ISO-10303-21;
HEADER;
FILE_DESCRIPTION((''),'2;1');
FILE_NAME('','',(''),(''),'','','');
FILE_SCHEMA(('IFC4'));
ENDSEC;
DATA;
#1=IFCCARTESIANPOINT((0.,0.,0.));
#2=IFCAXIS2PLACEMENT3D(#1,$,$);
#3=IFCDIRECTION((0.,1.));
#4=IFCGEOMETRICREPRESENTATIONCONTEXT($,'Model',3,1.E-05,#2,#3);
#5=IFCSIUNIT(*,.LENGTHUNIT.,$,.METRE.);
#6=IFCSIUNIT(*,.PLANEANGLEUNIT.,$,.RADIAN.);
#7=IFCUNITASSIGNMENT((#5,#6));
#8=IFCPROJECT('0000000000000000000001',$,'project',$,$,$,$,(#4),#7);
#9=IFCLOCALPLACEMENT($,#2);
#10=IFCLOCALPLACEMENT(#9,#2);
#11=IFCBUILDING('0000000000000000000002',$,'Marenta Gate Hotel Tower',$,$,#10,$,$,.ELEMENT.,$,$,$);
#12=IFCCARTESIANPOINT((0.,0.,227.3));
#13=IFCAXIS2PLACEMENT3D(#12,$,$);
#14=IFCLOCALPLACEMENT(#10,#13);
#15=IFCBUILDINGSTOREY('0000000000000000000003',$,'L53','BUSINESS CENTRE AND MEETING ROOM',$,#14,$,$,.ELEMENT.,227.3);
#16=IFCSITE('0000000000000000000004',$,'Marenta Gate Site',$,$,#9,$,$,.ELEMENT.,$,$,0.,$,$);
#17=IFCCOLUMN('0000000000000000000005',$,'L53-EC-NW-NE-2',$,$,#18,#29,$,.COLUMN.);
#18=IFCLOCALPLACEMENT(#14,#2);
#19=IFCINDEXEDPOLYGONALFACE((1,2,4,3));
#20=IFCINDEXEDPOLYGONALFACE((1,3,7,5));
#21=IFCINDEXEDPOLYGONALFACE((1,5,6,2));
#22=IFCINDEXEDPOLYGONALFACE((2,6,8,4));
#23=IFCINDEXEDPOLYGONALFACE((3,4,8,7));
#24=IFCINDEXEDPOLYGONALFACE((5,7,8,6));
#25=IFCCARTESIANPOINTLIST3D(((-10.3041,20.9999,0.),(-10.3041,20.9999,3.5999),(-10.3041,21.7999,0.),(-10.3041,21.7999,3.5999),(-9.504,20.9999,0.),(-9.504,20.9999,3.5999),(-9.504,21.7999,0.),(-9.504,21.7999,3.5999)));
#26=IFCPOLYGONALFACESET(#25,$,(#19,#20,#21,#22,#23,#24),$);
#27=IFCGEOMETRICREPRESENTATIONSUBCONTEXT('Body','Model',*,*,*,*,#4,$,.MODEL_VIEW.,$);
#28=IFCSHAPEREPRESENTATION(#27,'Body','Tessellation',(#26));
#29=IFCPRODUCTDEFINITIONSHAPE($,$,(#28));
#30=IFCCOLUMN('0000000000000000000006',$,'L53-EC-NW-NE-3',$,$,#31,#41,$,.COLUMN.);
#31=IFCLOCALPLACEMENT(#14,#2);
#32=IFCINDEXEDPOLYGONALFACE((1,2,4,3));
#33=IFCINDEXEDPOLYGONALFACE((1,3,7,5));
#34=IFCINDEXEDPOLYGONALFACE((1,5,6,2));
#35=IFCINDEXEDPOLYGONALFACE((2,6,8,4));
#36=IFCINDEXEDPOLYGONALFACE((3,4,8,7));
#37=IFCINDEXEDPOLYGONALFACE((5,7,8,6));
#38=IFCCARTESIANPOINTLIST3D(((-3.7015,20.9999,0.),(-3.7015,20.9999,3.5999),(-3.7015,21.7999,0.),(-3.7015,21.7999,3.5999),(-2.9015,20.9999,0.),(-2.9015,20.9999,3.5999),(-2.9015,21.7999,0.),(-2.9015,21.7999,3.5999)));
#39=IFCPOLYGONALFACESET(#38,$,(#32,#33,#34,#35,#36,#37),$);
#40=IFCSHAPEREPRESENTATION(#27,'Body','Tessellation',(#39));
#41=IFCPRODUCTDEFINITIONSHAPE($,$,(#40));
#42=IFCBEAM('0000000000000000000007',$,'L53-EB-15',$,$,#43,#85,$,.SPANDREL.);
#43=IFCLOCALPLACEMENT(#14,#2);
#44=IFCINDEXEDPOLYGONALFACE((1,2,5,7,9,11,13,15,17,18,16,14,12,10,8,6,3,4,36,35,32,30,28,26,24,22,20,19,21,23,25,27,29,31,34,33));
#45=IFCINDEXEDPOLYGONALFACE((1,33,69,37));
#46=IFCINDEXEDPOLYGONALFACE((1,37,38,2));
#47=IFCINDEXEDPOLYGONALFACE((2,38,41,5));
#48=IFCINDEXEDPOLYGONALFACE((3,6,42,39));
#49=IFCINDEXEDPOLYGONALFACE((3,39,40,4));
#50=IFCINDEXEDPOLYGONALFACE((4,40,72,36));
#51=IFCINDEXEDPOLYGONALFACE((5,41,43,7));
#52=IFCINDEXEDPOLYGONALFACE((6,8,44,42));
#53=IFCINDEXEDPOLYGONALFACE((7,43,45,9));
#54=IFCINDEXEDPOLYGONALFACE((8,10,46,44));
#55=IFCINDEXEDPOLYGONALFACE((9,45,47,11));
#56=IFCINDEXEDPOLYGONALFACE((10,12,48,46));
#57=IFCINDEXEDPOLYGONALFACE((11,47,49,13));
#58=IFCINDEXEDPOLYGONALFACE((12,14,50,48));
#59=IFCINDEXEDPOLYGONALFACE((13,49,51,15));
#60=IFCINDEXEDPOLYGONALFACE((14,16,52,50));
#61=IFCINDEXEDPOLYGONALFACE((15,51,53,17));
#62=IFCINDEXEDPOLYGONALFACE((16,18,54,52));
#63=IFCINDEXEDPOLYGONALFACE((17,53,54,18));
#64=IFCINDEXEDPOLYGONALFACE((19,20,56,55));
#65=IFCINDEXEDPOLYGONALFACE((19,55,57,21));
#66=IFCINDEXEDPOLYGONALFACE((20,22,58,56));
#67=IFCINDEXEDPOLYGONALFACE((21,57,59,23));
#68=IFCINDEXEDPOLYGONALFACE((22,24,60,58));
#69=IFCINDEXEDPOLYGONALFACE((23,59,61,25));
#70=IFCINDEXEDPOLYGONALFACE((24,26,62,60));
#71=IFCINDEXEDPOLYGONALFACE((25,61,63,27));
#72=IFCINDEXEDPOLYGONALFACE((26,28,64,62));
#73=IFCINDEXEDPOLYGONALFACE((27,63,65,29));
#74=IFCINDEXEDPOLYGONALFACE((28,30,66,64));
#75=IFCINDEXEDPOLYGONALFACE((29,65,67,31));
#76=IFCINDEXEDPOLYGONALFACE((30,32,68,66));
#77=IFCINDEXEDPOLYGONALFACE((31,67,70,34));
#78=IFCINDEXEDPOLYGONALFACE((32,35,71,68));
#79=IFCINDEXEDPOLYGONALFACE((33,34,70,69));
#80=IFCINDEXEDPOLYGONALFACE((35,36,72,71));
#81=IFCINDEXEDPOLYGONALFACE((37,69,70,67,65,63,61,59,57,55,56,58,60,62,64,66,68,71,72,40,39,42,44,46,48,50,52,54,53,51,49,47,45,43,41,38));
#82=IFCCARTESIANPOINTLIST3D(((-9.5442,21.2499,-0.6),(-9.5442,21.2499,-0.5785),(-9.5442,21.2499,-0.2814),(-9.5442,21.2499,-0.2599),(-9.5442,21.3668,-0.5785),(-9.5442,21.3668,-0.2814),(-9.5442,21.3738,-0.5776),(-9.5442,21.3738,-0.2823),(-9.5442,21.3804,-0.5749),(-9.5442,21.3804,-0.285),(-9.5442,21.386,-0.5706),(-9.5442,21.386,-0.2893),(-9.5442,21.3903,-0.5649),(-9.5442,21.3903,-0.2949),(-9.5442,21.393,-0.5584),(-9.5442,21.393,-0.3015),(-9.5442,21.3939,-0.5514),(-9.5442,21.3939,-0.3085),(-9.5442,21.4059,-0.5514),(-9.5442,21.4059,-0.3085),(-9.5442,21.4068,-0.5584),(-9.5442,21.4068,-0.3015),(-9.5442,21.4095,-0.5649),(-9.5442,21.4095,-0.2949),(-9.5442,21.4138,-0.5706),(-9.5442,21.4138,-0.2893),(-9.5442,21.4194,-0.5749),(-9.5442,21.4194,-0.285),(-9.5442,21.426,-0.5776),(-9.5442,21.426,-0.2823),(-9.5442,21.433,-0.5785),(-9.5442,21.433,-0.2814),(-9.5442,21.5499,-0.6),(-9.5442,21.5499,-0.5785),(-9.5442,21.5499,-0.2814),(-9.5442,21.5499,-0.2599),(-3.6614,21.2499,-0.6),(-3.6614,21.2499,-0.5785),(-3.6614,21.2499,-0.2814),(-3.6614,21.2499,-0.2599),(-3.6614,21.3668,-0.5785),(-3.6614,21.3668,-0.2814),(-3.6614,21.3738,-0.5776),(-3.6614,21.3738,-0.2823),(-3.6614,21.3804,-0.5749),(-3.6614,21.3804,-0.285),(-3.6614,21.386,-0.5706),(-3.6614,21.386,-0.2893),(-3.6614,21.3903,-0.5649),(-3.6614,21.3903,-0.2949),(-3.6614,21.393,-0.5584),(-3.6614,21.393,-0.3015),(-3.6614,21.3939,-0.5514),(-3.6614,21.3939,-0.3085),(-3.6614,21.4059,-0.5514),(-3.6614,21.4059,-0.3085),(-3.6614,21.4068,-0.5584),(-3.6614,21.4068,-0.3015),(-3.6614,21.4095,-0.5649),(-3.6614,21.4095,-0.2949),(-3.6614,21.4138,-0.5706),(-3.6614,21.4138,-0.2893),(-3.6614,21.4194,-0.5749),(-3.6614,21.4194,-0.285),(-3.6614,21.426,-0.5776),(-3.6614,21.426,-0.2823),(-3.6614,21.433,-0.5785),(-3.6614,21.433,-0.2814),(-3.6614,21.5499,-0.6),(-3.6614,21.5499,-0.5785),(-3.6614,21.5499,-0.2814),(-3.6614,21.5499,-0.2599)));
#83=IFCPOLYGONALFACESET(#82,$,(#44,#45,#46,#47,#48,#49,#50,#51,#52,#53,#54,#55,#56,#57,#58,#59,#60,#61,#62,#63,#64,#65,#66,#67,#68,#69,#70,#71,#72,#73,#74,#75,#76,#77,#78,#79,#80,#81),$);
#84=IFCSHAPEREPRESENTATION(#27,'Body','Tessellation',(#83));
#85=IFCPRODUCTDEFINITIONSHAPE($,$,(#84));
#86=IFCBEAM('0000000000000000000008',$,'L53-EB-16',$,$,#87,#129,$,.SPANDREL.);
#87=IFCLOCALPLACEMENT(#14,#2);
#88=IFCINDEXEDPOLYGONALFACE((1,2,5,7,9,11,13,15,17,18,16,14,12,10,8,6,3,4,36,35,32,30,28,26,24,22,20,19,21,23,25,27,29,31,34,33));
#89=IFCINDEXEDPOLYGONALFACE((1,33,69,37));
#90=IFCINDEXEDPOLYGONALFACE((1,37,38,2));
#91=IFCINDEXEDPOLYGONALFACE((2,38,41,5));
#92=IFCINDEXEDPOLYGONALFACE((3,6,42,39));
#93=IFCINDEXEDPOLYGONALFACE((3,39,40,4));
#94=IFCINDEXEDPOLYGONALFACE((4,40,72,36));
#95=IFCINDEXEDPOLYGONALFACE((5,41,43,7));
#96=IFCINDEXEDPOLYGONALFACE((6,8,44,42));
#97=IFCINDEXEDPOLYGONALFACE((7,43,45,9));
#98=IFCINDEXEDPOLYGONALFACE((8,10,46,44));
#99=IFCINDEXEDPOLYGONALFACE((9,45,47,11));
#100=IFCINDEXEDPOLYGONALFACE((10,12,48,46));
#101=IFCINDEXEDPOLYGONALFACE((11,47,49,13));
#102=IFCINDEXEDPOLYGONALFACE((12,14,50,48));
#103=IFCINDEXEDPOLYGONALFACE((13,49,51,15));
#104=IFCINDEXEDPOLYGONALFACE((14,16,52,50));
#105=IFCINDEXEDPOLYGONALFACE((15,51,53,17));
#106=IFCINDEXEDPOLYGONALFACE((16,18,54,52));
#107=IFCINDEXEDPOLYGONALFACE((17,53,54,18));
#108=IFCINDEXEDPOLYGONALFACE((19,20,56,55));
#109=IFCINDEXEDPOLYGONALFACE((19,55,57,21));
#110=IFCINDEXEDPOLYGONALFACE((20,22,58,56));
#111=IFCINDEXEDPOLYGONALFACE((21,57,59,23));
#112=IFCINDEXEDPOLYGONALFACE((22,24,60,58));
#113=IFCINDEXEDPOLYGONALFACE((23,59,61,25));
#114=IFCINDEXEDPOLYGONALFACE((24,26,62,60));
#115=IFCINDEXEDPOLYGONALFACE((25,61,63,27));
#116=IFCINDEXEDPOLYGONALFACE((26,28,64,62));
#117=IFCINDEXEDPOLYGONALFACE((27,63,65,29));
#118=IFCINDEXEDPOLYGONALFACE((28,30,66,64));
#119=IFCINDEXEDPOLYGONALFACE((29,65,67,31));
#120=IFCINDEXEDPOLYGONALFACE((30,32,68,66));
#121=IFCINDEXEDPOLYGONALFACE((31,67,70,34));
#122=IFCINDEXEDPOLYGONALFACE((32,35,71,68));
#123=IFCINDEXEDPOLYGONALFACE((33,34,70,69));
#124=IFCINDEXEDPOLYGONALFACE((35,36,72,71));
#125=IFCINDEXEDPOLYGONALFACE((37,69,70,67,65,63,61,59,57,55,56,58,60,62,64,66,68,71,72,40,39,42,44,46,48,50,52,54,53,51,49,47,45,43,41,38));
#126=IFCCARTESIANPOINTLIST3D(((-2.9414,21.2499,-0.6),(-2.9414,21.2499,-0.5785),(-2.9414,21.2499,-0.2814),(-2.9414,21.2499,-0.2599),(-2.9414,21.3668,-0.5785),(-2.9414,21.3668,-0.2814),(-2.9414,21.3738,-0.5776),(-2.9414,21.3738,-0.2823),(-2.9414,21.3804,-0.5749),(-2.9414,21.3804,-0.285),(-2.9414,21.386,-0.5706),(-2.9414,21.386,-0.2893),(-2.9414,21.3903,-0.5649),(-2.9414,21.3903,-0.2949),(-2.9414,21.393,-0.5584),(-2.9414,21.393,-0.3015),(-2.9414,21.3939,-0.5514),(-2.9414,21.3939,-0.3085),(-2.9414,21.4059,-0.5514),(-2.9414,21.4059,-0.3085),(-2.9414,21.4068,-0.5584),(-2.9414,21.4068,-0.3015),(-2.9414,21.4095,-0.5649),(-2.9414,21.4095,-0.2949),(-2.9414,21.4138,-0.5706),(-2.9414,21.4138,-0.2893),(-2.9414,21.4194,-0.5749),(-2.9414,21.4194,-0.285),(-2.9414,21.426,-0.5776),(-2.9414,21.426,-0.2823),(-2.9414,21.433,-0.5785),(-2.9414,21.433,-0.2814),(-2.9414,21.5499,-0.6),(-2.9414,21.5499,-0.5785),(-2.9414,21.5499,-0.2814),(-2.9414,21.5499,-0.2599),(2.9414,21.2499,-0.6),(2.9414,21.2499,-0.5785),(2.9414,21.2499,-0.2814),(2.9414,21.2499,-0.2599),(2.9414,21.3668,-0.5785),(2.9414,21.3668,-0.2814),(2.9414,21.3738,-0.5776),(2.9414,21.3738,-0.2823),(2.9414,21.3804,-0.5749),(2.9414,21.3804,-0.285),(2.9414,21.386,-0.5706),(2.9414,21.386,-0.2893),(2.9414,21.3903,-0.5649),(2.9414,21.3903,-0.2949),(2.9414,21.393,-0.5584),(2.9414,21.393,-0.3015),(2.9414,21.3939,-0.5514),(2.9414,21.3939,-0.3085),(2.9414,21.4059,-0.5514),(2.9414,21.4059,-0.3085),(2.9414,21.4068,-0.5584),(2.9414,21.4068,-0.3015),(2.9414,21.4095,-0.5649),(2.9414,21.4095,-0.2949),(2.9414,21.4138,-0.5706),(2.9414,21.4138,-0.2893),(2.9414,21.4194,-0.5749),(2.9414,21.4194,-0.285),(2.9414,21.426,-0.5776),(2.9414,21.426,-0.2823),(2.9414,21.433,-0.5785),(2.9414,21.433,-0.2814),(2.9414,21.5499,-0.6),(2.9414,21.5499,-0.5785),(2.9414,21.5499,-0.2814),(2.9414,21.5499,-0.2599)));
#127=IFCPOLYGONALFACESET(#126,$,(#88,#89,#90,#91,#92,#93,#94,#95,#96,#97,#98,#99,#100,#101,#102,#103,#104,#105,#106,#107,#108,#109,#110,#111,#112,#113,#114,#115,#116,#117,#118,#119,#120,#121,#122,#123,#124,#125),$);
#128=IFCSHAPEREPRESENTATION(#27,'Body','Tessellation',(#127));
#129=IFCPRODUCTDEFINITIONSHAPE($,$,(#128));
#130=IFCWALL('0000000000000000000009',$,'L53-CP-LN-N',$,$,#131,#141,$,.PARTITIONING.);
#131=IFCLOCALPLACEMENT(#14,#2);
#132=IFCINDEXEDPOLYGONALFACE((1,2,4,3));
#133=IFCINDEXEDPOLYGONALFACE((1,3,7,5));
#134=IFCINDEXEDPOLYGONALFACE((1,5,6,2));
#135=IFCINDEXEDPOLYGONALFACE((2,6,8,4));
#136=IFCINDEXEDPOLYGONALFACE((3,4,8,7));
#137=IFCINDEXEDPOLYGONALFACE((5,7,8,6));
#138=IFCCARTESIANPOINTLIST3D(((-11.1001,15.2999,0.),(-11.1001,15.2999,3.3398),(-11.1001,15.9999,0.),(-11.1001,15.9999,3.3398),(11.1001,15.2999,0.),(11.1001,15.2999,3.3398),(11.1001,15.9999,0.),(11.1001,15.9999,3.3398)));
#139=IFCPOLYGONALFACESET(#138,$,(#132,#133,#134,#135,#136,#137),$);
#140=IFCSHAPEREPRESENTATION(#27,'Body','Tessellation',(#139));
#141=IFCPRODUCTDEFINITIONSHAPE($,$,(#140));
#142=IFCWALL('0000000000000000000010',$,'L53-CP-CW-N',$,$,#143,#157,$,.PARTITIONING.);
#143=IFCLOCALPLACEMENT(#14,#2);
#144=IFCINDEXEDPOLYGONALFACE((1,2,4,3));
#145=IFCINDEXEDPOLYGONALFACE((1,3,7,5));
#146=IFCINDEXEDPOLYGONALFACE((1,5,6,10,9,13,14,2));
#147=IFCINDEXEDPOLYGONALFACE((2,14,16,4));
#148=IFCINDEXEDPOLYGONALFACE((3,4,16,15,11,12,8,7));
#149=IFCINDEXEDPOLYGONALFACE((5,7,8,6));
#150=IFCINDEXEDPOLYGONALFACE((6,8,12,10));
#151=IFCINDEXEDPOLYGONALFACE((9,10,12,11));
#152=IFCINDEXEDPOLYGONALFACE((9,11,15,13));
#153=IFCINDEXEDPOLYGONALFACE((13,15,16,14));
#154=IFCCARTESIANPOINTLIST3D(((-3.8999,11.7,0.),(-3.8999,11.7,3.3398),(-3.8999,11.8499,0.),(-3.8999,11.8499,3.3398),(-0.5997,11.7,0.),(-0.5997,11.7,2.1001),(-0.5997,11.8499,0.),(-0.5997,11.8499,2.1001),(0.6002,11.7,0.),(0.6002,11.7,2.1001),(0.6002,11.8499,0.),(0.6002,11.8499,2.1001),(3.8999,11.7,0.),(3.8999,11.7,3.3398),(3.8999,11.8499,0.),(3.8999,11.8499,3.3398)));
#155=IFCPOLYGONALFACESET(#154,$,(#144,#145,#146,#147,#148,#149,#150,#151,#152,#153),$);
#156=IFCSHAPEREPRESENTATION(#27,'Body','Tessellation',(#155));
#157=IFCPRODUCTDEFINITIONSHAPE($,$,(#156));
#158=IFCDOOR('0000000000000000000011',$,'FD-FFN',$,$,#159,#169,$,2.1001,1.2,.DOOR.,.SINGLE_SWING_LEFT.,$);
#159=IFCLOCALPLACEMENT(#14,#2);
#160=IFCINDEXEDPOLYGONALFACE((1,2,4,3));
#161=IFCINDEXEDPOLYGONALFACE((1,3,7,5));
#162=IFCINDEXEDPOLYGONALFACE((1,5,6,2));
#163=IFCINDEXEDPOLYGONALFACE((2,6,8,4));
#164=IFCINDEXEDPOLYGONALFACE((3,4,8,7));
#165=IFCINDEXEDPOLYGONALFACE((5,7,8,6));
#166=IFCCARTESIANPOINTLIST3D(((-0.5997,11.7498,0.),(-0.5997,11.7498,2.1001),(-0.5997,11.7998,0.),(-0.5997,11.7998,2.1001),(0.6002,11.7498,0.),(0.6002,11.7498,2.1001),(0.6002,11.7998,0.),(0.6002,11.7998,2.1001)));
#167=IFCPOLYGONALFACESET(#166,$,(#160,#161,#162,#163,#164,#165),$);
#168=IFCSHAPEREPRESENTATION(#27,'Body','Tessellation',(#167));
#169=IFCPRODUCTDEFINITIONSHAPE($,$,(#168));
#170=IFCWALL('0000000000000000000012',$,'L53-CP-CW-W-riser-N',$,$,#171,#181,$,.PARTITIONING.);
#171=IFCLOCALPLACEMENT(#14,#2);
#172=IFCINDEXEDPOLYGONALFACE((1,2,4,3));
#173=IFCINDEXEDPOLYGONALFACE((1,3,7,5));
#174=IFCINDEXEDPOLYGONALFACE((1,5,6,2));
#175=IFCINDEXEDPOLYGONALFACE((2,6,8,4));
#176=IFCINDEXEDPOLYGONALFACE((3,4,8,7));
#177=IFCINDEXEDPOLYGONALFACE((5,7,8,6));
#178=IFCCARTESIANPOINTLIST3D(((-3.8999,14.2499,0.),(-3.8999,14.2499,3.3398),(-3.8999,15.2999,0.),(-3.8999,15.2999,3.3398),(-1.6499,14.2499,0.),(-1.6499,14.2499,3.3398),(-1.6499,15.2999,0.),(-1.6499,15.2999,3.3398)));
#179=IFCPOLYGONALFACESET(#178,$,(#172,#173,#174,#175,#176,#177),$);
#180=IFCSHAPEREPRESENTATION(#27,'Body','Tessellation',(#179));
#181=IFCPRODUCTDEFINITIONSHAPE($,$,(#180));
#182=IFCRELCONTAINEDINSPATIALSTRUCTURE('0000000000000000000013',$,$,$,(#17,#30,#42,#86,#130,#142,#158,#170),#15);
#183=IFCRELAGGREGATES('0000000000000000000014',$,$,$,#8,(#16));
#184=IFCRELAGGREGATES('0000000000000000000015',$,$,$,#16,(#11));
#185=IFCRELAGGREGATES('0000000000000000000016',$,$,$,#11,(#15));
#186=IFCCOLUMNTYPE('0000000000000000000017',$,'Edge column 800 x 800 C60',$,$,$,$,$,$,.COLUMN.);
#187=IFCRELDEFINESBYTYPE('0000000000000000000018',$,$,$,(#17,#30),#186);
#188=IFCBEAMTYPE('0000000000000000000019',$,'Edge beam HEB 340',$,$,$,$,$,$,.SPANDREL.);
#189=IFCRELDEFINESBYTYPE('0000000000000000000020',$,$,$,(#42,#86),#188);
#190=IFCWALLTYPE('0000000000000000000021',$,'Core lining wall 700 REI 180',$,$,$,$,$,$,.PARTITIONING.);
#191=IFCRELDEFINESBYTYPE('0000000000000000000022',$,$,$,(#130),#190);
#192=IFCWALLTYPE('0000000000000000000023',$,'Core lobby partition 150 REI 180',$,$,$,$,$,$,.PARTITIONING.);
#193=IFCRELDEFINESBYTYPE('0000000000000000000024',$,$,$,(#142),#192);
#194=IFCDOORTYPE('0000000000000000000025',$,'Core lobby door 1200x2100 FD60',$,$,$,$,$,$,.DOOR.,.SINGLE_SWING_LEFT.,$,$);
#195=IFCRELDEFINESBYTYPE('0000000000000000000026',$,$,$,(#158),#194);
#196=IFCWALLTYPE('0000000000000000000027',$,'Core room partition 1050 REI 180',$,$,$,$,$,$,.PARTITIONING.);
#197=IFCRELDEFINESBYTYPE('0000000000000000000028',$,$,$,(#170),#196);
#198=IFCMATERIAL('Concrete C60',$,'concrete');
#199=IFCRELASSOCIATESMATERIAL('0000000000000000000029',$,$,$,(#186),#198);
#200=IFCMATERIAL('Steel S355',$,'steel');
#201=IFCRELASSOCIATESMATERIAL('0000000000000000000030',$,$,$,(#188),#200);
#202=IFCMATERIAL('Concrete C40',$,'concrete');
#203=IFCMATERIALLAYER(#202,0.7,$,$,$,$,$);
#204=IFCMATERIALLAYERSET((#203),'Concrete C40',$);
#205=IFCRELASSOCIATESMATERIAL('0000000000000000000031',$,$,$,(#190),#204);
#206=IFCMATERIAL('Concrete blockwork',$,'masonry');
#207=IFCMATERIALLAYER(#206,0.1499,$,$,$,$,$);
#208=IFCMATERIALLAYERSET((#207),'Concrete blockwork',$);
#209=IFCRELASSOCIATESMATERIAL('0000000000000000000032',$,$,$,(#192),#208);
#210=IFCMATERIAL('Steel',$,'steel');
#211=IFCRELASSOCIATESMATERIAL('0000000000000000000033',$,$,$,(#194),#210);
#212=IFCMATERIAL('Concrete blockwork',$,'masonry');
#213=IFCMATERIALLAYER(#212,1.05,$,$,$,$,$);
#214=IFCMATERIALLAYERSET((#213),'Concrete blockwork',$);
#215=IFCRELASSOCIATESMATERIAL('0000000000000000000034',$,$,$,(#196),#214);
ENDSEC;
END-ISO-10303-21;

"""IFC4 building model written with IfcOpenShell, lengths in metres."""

from ifc_helpers import new_model, si_unit, direction, frame, frame_2d, origin, origin_2d, place, context, subcontext, project, spatial, rectangle, i_section, extrude, material, layer, layer_set, material_profile, profile_set, type_object, element, fill, save


model = new_model("IFC4")

# Units and contexts
model_context = context("Model", 3, precision=1e-05, world=origin(), true_north=direction((0.0, 1.0)))
body_context = subcontext(model_context, "Body", "Model", "MODEL_VIEW")
ifc_project = project(units=[si_unit("LENGTHUNIT", "METRE"), si_unit("PLANEANGLEUNIT", "RADIAN")], contexts=[model_context])

# Site, building, storey
site_placement = place(None, origin())
site = spatial("IfcSite", under=ifc_project, at=site_placement, Name="Marenta Gate Site", CompositionType="ELEMENT", RefElevation=0.0)
building_placement = place(site_placement, origin())
building = spatial("IfcBuilding", under=site, at=building_placement, Name="Marenta Gate Hotel Tower", CompositionType="ELEMENT")
storey_placement = place(building_placement, frame((0.0, 0.0, 227.3)))
storey = spatial("IfcBuildingStorey", under=building, at=storey_placement, Name="L53", Description="BUSINESS CENTRE AND MEETING ROOM", CompositionType="ELEMENT", Elevation=227.3)

# Columns
ifc_material_1 = material(Name="Concrete C60", Category="concrete")
ifc_material_profile_1 = material_profile(ifc_material_1, rectangle(XDim=0.8, YDim=0.8, at=origin_2d()), Name="800 x 800")
ifc_profile_set_1 = profile_set([ifc_material_profile_1], Name="Concrete C60")
column_type = type_object("IfcColumnType", Name="Edge column 800 x 800 C60", PredefinedType="COLUMN", material=ifc_profile_set_1)
for number, where, z_axis, x_axis, name in (
    (1, (-9.9041, 21.3999, 0.0), (0.0, 0.0, 1.0), (1.0, 0.0, 0.0), "L53-EC-NW-NE-2"),
    (2, (-3.3015, 21.3999, 0.0), (0.0, 0.0, 1.0), (1.0, 0.0, 0.0), "L53-EC-NW-NE-3"),
):
    element("IfcColumn", number, at=place(storey_placement, frame(where, z_axis=z_axis, x_axis=x_axis)), inside=storey, type_object=column_type, Name=name, PredefinedType="COLUMN", context=body_context, shape_type="SweptSolid", body=[
        extrude(rectangle(XDim=0.8, YDim=0.8, at=origin_2d()), origin(), (0.0, 0.0, 1.0), 3.5999),
    ])

# Beams
ifc_material_2 = material(Name="Steel S355", Category="steel")
ifc_material_profile_2 = material_profile(ifc_material_2, i_section(OverallWidth=0.3, OverallDepth=0.3401, WebThickness=0.012, FlangeThickness=0.0215, FilletRadius=0.0271, at=origin_2d()), Name="HEB 340")
ifc_profile_set_2 = profile_set([ifc_material_profile_2], Name="Steel S355")
beam_type = type_object("IfcBeamType", Name="Edge beam HEB 340", PredefinedType="SPANDREL", material=ifc_profile_set_2)
for number, where, z_axis, x_axis, name in (
    (3, (-9.5442, 21.3999, -0.4299), (1.0, 0.0, 0.0), (0.0, 1.0, 0.0), "L53-EB-15"),
    (4, (-2.9414, 21.3999, -0.4299), (1.0, 0.0, 0.0), (0.0, 1.0, 0.0), "L53-EB-16"),
):
    element("IfcBeam", number, at=place(storey_placement, frame(where, z_axis=z_axis, x_axis=x_axis)), inside=storey, type_object=beam_type, Name=name, PredefinedType="SPANDREL", context=body_context, shape_type="SweptSolid", body=[
        extrude(i_section(OverallWidth=0.3, OverallDepth=0.3401, WebThickness=0.012, FlangeThickness=0.0215, FilletRadius=0.0271, at=origin_2d()), origin(), (0.0, 0.0, 1.0), 5.8828),
    ])

# Wall
ifc_material_3 = material(Name="Concrete C40", Category="concrete")
ifc_layer_1 = layer(ifc_material_3, 0.7)
ifc_layer_set_1 = layer_set([ifc_layer_1], Name="Concrete C40")
wall_type_1 = type_object("IfcWallType", Name="Core lining wall 700 REI 180", PredefinedType="PARTITIONING", material=ifc_layer_set_1)
wall_1_placement = place(storey_placement, frame((-11.1001, 15.6499, 0.0), z_axis=(0.0, 0.0, 1.0), x_axis=(1.0, 0.0, 0.0)))
element("IfcWall", 5, at=wall_1_placement, inside=storey, type_object=wall_type_1, Name="L53-CP-LN-N", PredefinedType="PARTITIONING", context=body_context, shape_type="SweptSolid", body=[
    extrude(rectangle(XDim=22.2002, YDim=0.7, at=frame_2d((11.1001, 0.0))), origin(), (0.0, 0.0, 1.0), 3.3398),
])

# Wall, opening, door
ifc_material_4 = material(Name="Concrete blockwork", Category="masonry")
ifc_layer_2 = layer(ifc_material_4, 0.1499)
ifc_layer_set_2 = layer_set([ifc_layer_2], Name="Concrete blockwork")
wall_type_2 = type_object("IfcWallType", Name="Core lobby partition 150 REI 180", PredefinedType="PARTITIONING", material=ifc_layer_set_2)
wall_2_placement = place(storey_placement, frame((-3.8999, 11.7749, 0.0), z_axis=(0.0, 0.0, 1.0), x_axis=(1.0, 0.0, 0.0)))
wall_2 = element("IfcWall", 6, at=wall_2_placement, inside=storey, type_object=wall_type_2, Name="L53-CP-CW-N", PredefinedType="PARTITIONING", context=body_context, shape_type="SweptSolid", body=[
    extrude(rectangle(XDim=7.7998, YDim=0.1499, at=frame_2d((3.8999, 0.0))), origin(), (0.0, 0.0, 1.0), 3.3398),
])
opening_1_placement = place(wall_2_placement, frame((3.3, 0.0, 0.0)))
opening_1 = element("IfcOpeningElement", 7, at=opening_1_placement, cuts=wall_2, PredefinedType="OPENING", context=body_context, shape_type="SweptSolid", body=[
    extrude(rectangle(XDim=1.2, YDim=2.1001, at=frame_2d((0.6001, 1.05))), frame((0.0, 0.075, 0.0), z_axis=(0.0, -1.0, 0.0), x_axis=(1.0, 0.0, 0.0)), (0.0, 0.0, 1.0), 0.1499),
])
ifc_material_5 = material(Name="Steel", Category="steel")
door_type_1 = type_object("IfcDoorType", Name="Core lobby door 1200x2100 FD60", OperationType="SINGLE_SWING_LEFT", PredefinedType="DOOR", material=ifc_material_5)
door_1_placement = place(opening_1_placement, origin())
door_1 = element("IfcDoor", 8, at=door_1_placement, inside=storey, type_object=door_type_1, Name="FD-FFN", OperationType="SINGLE_SWING_LEFT", OverallHeight=2.1001, OverallWidth=1.2, PredefinedType="DOOR", context=body_context, shape_type="SweptSolid", body=[
    extrude(rectangle(XDim=1.2, YDim=2.1001, at=frame_2d((0.6001, 1.05))), frame((0.0, 0.0249, 0.0), z_axis=(0.0, -1.0, 0.0), x_axis=(1.0, 0.0, 0.0)), (0.0, 0.0, 1.0), 0.05),
])
fill(opening_1, door_1)

# Wall
ifc_material_6 = material(Name="Concrete blockwork", Category="masonry")
ifc_layer_3 = layer(ifc_material_6, 1.05)
ifc_layer_set_3 = layer_set([ifc_layer_3], Name="Concrete blockwork")
wall_type_3 = type_object("IfcWallType", Name="Core room partition 1050 REI 180", PredefinedType="PARTITIONING", material=ifc_layer_set_3)
wall_3_placement = place(storey_placement, frame((-3.8999, 14.7749, 0.0), z_axis=(0.0, 0.0, 1.0), x_axis=(1.0, 0.0, 0.0)))
element("IfcWall", 9, at=wall_3_placement, inside=storey, type_object=wall_type_3, Name="L53-CP-CW-W-riser-N", PredefinedType="PARTITIONING", context=body_context, shape_type="SweptSolid", body=[
    extrude(rectangle(XDim=2.25, YDim=1.05, at=frame_2d((1.125, 0.0))), origin(), (0.0, 0.0, 1.0), 3.3398),
])

save(model, "model.ifc")
